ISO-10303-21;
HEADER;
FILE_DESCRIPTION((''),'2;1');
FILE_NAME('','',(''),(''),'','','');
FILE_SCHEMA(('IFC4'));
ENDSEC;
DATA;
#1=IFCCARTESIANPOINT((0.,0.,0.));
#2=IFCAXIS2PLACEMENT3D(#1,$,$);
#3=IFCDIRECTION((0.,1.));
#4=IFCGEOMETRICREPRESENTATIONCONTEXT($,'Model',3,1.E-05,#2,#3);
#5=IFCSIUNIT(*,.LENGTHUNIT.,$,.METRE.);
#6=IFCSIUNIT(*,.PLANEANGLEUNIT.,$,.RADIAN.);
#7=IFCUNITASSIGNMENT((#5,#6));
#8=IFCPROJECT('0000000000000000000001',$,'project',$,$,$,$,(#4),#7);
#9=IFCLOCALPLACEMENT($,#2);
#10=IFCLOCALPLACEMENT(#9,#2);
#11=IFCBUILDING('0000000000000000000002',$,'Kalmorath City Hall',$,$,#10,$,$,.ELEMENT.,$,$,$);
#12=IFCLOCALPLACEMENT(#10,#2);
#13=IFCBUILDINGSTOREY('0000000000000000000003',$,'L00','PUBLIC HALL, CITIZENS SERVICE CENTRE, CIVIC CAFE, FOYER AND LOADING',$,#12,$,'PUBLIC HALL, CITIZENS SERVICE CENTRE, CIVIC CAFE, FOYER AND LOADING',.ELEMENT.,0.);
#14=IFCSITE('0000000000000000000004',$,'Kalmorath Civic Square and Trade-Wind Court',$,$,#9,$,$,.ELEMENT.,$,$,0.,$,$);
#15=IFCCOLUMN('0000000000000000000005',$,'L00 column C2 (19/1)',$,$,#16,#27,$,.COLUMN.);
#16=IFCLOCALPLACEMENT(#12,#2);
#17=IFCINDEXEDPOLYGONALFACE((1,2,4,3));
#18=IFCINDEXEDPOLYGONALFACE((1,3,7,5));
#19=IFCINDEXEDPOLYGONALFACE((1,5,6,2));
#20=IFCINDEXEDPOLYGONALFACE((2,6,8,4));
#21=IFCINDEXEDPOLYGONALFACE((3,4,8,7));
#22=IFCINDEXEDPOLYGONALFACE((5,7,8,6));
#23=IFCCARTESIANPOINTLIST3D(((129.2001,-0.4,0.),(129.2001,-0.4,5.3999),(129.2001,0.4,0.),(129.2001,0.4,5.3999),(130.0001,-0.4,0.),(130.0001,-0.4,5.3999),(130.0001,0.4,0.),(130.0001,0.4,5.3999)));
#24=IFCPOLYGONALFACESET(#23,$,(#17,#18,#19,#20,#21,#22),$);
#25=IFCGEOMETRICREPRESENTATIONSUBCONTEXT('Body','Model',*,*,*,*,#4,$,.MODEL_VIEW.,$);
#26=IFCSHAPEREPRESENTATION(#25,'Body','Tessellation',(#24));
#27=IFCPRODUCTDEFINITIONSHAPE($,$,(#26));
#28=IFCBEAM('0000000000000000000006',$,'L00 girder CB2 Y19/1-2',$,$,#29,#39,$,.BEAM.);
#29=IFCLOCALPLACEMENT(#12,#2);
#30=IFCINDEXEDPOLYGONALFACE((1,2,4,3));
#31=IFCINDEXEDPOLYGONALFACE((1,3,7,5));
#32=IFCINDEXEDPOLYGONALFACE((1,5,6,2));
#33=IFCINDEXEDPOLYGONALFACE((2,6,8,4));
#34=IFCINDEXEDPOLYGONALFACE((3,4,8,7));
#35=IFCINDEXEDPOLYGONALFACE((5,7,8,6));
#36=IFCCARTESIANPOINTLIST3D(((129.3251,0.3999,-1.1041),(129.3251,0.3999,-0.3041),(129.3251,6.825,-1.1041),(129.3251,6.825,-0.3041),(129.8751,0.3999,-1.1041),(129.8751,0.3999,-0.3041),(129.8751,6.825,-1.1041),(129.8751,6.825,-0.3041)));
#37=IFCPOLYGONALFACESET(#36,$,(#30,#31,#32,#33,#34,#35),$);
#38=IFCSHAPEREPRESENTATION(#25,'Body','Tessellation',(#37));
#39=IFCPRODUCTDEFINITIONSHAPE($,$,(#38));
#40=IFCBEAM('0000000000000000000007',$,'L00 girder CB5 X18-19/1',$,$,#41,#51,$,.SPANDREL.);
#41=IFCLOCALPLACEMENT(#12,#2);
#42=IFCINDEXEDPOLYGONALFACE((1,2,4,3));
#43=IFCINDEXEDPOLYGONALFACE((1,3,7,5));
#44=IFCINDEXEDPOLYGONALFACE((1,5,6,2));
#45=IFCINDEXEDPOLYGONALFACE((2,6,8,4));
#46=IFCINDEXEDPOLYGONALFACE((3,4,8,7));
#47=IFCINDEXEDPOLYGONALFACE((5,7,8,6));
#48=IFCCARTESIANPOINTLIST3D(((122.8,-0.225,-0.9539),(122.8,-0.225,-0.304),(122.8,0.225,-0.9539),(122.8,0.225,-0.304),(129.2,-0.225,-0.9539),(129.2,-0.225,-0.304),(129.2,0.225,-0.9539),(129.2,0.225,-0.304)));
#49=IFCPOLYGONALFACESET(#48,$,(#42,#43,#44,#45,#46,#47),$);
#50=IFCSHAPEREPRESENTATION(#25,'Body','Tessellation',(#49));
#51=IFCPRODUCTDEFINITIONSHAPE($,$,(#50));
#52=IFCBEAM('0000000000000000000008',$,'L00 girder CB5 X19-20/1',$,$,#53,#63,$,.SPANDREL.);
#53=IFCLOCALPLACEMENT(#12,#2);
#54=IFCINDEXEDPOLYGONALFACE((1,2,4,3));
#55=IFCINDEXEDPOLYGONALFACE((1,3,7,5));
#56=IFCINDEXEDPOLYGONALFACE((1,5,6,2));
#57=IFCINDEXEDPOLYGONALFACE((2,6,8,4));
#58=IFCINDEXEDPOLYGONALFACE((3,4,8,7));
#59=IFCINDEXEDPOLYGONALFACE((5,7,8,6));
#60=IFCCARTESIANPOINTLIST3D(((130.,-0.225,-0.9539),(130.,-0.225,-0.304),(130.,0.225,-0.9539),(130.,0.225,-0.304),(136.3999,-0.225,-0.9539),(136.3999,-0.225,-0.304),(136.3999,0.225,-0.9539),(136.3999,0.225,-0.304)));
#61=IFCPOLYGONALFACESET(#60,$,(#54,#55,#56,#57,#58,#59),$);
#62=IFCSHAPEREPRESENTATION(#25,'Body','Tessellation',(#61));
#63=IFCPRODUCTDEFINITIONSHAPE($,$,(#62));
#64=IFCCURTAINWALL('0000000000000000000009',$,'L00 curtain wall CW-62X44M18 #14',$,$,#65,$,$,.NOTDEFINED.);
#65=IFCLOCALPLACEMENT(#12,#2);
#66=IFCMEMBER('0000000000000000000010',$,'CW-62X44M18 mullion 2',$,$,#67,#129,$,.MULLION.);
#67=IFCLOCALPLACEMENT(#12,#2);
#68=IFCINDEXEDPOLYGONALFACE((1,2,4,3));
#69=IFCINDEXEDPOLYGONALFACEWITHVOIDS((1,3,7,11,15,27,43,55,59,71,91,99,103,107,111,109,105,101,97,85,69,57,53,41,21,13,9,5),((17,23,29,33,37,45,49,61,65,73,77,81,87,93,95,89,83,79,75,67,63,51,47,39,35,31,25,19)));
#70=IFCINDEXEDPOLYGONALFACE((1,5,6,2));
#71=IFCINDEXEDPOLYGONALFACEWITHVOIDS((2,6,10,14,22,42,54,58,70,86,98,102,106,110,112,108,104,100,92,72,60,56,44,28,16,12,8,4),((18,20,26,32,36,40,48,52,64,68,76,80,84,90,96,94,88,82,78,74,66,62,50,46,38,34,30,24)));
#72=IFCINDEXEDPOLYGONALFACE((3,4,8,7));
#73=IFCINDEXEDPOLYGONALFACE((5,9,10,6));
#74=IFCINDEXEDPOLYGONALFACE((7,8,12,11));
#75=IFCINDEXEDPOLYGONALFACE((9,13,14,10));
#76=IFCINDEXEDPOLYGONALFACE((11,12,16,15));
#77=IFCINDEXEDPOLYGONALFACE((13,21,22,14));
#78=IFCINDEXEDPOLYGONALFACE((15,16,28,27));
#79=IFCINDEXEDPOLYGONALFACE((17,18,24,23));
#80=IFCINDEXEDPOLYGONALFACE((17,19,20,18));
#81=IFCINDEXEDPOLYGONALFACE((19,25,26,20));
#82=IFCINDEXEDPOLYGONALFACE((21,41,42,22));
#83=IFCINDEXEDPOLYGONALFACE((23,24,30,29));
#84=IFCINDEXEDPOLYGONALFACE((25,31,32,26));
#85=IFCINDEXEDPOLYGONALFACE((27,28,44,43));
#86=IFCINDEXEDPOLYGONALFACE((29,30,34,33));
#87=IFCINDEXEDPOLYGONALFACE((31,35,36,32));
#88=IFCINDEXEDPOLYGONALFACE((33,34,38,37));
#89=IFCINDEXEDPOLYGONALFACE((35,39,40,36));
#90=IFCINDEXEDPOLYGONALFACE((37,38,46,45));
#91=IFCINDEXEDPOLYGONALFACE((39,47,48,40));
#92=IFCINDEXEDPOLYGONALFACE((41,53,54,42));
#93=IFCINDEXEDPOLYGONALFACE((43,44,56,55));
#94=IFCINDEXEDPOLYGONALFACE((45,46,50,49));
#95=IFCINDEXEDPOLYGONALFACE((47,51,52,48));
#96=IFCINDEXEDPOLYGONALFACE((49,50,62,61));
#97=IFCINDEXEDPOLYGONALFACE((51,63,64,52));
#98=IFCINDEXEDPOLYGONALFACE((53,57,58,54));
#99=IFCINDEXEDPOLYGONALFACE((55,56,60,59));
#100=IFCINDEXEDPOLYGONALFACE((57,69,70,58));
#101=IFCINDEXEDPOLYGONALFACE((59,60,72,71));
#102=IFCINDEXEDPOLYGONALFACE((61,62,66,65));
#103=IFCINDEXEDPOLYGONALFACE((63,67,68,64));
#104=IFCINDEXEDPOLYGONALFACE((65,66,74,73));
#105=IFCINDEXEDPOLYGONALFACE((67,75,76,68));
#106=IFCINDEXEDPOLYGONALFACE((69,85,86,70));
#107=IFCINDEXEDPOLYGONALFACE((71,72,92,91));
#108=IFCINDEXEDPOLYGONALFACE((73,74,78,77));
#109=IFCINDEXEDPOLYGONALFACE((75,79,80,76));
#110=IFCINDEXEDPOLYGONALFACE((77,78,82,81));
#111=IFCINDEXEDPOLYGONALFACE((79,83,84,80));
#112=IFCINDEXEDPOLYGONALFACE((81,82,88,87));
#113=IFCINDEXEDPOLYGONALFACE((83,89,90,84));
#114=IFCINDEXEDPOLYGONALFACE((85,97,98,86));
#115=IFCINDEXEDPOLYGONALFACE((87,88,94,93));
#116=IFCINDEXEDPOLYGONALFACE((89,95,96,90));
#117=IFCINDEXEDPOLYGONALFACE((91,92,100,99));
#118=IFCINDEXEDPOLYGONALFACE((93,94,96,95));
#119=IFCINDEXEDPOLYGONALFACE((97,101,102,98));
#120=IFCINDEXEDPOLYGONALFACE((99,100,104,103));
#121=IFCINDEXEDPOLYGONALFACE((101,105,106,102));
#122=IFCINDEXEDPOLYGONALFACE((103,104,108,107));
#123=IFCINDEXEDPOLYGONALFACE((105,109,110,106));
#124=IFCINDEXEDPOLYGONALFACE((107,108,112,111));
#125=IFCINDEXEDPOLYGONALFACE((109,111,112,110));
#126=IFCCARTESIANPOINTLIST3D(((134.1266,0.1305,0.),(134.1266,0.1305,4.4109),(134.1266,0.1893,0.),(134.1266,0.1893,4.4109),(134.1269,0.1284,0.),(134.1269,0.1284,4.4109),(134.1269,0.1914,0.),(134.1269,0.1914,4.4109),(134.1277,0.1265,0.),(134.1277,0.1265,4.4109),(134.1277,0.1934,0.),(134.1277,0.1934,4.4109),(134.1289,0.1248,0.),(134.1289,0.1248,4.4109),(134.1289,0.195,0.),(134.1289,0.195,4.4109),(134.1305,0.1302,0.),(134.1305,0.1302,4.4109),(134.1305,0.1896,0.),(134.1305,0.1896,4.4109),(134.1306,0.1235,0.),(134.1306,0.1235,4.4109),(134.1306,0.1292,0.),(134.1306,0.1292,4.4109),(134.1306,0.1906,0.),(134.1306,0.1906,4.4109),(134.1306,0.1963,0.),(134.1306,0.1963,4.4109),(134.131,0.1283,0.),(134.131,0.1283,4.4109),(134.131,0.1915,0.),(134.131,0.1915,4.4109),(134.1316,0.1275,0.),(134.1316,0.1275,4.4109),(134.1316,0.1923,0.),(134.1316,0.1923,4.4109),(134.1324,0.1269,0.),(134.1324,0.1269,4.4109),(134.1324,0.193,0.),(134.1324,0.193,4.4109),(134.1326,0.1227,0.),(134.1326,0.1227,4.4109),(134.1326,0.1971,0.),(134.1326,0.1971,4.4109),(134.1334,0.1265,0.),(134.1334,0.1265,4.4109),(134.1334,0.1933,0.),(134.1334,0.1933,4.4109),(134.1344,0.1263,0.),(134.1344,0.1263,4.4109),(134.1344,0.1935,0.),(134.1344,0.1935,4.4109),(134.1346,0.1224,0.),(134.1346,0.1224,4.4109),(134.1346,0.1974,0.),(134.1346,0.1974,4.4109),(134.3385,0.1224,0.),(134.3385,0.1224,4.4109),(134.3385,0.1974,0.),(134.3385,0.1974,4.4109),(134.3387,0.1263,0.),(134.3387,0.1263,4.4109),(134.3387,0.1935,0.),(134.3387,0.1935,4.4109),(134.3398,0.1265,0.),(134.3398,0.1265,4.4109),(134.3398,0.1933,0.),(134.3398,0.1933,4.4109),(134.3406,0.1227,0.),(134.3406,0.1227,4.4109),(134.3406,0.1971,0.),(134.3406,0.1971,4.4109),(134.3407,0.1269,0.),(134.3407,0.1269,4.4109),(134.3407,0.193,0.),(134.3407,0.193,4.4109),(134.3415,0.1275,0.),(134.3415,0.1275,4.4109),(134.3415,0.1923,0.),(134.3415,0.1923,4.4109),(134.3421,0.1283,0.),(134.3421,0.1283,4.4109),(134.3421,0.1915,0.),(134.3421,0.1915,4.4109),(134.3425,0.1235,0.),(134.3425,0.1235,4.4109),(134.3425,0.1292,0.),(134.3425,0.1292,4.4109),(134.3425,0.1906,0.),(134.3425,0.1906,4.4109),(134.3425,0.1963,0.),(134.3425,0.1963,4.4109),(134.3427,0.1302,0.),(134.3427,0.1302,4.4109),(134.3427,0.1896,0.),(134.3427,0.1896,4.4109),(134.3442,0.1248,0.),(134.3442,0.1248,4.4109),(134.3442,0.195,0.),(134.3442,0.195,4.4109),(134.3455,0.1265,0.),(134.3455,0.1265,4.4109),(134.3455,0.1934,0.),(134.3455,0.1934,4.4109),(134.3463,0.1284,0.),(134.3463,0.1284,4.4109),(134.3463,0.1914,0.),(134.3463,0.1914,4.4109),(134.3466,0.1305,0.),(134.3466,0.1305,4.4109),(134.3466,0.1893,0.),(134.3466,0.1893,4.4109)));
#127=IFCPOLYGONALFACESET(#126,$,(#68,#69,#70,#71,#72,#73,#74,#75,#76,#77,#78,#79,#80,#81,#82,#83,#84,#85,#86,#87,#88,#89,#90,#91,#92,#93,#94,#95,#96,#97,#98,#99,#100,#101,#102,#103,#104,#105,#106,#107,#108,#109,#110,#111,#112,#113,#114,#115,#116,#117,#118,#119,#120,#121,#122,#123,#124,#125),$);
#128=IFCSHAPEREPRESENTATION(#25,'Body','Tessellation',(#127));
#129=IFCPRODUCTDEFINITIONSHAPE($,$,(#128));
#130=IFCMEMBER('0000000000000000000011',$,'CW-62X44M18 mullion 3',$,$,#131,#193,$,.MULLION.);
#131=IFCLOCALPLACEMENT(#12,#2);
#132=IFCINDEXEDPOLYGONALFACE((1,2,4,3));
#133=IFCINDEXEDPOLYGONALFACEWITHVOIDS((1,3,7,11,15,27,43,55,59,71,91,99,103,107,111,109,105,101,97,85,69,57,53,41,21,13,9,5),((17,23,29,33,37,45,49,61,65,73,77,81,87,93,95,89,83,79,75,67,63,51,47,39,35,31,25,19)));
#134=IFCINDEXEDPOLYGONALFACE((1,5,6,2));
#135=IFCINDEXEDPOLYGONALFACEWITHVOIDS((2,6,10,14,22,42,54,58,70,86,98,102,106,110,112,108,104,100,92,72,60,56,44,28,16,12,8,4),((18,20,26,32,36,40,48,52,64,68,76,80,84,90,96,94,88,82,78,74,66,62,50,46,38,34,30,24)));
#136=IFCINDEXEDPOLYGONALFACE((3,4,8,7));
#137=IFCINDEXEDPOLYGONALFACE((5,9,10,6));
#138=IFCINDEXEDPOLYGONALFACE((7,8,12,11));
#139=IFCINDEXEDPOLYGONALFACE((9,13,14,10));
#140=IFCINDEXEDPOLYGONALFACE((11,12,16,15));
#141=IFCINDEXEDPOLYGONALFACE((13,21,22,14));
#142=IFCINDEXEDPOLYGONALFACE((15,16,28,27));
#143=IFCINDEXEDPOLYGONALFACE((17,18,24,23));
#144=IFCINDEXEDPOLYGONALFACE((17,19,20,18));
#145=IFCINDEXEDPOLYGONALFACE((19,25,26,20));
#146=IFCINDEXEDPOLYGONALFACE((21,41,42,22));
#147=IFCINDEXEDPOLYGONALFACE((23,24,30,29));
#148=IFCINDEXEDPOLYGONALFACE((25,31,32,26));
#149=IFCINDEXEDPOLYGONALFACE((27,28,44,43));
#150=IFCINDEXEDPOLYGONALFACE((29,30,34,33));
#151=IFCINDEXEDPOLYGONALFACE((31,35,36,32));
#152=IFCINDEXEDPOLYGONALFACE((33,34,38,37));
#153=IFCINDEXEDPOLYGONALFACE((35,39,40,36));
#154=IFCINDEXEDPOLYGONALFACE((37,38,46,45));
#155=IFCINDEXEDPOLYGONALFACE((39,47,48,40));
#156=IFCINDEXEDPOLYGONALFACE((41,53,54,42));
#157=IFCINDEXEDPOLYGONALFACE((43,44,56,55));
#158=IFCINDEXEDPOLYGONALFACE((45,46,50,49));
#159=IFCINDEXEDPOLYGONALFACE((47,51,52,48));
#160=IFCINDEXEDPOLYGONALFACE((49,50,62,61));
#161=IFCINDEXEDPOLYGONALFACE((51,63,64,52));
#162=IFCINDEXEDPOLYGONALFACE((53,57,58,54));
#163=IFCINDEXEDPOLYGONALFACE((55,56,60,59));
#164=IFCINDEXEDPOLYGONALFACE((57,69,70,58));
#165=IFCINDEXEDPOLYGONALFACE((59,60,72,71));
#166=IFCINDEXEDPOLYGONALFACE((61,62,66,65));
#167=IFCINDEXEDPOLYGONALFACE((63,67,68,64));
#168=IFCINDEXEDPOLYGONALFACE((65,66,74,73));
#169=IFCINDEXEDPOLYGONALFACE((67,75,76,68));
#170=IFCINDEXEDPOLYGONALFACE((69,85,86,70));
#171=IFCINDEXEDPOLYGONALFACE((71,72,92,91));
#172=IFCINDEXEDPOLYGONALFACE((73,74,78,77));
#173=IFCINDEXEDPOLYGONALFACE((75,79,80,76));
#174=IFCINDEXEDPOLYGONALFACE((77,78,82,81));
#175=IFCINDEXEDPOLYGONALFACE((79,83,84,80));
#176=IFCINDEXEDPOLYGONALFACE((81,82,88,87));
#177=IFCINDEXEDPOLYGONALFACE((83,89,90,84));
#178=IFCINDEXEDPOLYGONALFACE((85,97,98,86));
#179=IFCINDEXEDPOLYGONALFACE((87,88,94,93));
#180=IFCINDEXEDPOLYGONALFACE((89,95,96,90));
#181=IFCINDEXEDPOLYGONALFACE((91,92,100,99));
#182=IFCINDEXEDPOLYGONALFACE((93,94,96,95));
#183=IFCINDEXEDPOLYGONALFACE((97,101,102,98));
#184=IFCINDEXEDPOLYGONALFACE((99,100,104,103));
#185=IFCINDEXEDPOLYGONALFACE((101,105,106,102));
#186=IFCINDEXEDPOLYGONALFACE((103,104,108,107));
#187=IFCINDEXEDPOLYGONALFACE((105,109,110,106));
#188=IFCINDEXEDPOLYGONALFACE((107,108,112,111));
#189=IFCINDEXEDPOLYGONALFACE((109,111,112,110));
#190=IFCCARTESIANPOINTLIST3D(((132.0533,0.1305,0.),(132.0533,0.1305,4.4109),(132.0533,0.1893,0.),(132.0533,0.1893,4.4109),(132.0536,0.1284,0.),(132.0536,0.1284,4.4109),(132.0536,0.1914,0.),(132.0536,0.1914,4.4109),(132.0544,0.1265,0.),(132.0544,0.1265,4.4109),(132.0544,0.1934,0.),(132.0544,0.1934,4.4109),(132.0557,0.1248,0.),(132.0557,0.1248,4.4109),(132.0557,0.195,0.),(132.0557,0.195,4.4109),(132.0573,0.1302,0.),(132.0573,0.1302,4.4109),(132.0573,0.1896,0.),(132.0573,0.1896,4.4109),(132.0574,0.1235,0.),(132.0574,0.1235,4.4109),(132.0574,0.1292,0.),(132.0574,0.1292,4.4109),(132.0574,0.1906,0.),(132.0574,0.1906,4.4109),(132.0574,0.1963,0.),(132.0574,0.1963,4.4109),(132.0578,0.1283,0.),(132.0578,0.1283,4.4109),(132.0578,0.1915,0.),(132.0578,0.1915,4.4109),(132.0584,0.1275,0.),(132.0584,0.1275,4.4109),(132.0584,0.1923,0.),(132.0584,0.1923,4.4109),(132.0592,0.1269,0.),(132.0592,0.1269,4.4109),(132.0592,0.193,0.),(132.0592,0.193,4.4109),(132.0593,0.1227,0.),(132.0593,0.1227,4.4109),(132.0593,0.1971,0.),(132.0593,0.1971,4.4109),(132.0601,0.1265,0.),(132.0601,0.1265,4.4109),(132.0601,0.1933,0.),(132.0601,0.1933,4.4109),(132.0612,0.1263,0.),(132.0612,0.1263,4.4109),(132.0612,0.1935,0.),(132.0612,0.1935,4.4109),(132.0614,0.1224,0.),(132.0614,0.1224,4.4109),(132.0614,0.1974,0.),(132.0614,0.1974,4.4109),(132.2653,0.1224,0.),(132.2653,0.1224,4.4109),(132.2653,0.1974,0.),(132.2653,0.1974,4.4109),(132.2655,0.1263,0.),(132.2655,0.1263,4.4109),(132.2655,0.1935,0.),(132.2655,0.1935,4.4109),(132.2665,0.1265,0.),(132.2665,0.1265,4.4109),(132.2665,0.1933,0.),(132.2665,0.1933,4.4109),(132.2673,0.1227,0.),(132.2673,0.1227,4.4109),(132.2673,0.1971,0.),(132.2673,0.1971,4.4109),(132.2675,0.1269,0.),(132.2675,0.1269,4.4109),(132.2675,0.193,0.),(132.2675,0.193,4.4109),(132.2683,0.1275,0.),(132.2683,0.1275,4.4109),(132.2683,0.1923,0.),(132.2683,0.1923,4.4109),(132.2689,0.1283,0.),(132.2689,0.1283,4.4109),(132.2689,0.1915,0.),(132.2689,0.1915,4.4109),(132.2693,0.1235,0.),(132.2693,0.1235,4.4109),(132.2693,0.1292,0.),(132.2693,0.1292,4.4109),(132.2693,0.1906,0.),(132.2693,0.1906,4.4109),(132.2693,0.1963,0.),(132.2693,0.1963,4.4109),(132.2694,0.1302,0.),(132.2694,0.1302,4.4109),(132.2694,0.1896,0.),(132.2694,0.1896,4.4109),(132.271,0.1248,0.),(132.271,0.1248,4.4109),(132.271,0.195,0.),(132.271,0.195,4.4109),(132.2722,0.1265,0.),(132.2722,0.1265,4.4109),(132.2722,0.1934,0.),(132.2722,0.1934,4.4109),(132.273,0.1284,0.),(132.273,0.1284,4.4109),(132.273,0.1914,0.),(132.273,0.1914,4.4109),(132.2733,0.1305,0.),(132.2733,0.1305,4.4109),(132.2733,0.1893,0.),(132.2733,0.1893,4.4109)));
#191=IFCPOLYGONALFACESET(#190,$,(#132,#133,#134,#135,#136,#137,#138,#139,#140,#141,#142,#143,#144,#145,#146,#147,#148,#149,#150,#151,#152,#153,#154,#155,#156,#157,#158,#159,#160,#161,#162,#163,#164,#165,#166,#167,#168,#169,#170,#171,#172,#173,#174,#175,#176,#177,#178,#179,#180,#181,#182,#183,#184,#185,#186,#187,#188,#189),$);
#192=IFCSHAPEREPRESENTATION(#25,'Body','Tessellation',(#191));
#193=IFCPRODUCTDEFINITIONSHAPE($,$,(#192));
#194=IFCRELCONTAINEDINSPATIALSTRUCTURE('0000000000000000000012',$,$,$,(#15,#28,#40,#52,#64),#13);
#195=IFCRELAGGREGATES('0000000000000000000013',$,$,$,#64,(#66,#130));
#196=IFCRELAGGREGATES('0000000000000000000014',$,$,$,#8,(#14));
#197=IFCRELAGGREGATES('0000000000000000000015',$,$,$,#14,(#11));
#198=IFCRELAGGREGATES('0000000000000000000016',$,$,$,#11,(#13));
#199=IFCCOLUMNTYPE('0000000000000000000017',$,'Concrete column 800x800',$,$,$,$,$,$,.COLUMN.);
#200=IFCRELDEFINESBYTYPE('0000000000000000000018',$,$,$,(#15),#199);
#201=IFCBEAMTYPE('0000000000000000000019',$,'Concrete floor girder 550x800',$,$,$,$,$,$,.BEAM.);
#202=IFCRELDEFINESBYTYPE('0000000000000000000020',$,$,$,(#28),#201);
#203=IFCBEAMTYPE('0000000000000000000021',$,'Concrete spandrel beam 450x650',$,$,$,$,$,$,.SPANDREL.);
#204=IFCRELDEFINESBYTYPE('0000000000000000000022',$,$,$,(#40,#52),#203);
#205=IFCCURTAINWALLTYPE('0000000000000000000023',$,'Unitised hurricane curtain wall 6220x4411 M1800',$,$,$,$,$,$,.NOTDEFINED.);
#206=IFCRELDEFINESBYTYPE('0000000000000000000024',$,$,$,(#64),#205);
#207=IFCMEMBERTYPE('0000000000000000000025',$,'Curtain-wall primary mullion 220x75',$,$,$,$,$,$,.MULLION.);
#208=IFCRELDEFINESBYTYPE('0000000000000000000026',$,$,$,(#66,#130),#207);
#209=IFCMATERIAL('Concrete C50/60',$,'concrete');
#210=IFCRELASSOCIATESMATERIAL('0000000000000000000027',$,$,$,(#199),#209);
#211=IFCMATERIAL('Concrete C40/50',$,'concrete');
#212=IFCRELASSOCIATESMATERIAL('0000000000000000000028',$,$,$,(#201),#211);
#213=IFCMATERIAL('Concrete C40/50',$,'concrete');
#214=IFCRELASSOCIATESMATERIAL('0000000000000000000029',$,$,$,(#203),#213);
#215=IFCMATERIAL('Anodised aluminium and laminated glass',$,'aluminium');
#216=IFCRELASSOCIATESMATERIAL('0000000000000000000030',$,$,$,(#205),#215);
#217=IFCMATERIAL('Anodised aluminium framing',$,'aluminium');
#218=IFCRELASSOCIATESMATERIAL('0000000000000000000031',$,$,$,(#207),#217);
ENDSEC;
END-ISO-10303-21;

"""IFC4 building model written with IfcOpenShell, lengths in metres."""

from ifc_helpers import new_model, si_unit, direction, frame, origin, origin_2d, place, context, subcontext, project, spatial, rectangle, hollow_rectangle, extrude, material, material_profile, profile_set, type_object, element, aggregate, save


model = new_model("IFC4")

# Units and contexts
model_context = context("Model", 3, precision=1e-05, world=origin(), true_north=direction((0.0, 1.0)))
body_context = subcontext(model_context, "Body", "Model", "MODEL_VIEW")
ifc_project = project(units=[si_unit("LENGTHUNIT", "METRE"), si_unit("PLANEANGLEUNIT", "RADIAN")], contexts=[model_context])

# Site, building, storey
site_placement = place(None, origin())
site = spatial("IfcSite", under=ifc_project, at=site_placement, Name="Kalmorath Civic Square and Trade-Wind Court", CompositionType="ELEMENT", RefElevation=0.0)
building_placement = place(site_placement, origin())
building = spatial("IfcBuilding", under=site, at=building_placement, Name="Kalmorath City Hall", CompositionType="ELEMENT")
storey_placement = place(building_placement, origin())
storey = spatial("IfcBuildingStorey", under=building, at=storey_placement, Name="L00", Description="PUBLIC HALL, CITIZENS SERVICE CENTRE, CIVIC CAFE, FOYER AND LOADING", LongName="PUBLIC HALL, CITIZENS SERVICE CENTRE, CIVIC CAFE, FOYER AND LOADING", CompositionType="ELEMENT", Elevation=0.0)

# Column
ifc_material_1 = material(Name="Concrete C50/60", Category="concrete")
ifc_material_profile_1 = material_profile(ifc_material_1, rectangle(XDim=0.8, YDim=0.8, at=origin_2d()), Name="RC-COL-800X800")
ifc_profile_set_1 = profile_set([ifc_material_profile_1], Name="Concrete C50/60")
column_type = type_object("IfcColumnType", Name="Concrete column 800x800", PredefinedType="COLUMN", material=ifc_profile_set_1)
column_placement = place(storey_placement, frame((129.6001, 0.0, 0.0), z_axis=(0.0, 0.0, 1.0), x_axis=(1.0, 0.0, 0.0)))
element("IfcColumn", 1, at=column_placement, inside=storey, type_object=column_type, Name="L00 column C2 (19/1)", PredefinedType="COLUMN", context=body_context, shape_type="SweptSolid", body=[
    extrude(rectangle(XDim=0.8, YDim=0.8, at=origin_2d()), origin(), (0.0, 0.0, 1.0), 5.3999),
])

# Beams
ifc_material_2 = material(Name="Concrete C40/50", Category="concrete")
ifc_material_profile_2 = material_profile(ifc_material_2, rectangle(XDim=0.55, YDim=0.8, at=origin_2d()), Name="RC-BM-550X800")
ifc_profile_set_2 = profile_set([ifc_material_profile_2], Name="Concrete C40/50")
beam_type_1 = type_object("IfcBeamType", Name="Concrete floor girder 550x800", PredefinedType="BEAM", material=ifc_profile_set_2)
beam_placement = place(storey_placement, frame((129.6001, 0.3999, -0.7041), z_axis=(0.0, 1.0, 0.0), x_axis=(-1.0, 0.0, 0.0)))
element("IfcBeam", 2, at=beam_placement, inside=storey, type_object=beam_type_1, Name="L00 girder CB2 Y19/1-2", PredefinedType="BEAM", context=body_context, shape_type="SweptSolid", body=[
    extrude(rectangle(XDim=0.55, YDim=0.8, at=origin_2d()), origin(), (0.0, 0.0, 1.0), 6.425),
])
ifc_material_3 = material(Name="Concrete C40/50", Category="concrete")
ifc_material_profile_3 = material_profile(ifc_material_3, rectangle(XDim=0.45, YDim=0.6499, at=origin_2d()), Name="RC-BM-450X650")
ifc_profile_set_3 = profile_set([ifc_material_profile_3], Name="Concrete C40/50")
beam_type_2 = type_object("IfcBeamType", Name="Concrete spandrel beam 450x650", PredefinedType="SPANDREL", material=ifc_profile_set_3)
for number, where, z_axis, x_axis, name in (
    (3, (122.8, 0.0, -0.6289), (1.0, 0.0, 0.0), (0.0, 1.0, 0.0), "L00 girder CB5 X18-19/1"),
    (4, (130.0, 0.0, -0.6289), (1.0, 0.0, 0.0), (0.0, 1.0, 0.0), "L00 girder CB5 X19-20/1"),
):
    element("IfcBeam", number, at=place(storey_placement, frame(where, z_axis=z_axis, x_axis=x_axis)), inside=storey, type_object=beam_type_2, Name=name, PredefinedType="SPANDREL", context=body_context, shape_type="SweptSolid", body=[
        extrude(rectangle(XDim=0.45, YDim=0.6499, at=origin_2d()), origin(), (0.0, 0.0, 1.0), 6.3999),
    ])

# Curtain wall, members
ifc_material_4 = material(Name="Anodised aluminium and laminated glass", Category="aluminium")
curtain_wall_type = type_object("IfcCurtainWallType", Name="Unitised hurricane curtain wall 6220x4411 M1800", PredefinedType="NOTDEFINED", material=ifc_material_4)
curtain_wall_placement = place(storey_placement, origin())
curtain_wall = element("IfcCurtainWall", 5, at=curtain_wall_placement, inside=storey, type_object=curtain_wall_type, Name="L00 curtain wall CW-62X44M18 #14", PredefinedType="NOTDEFINED")
ifc_material_5 = material(Name="Anodised aluminium framing", Category="aluminium")
ifc_material_profile_4 = material_profile(ifc_material_5, hollow_rectangle(XDim=0.075, YDim=0.22, WallThickness=0.0039, InnerFilletRadius=0.0039, OuterFilletRadius=0.0081, at=origin_2d()), Name="ALU-MUL-220X75X4")
ifc_profile_set_4 = profile_set([ifc_material_profile_4], Name="Anodised aluminium framing")
member_type_1 = type_object("IfcMemberType", Name="Curtain-wall primary mullion 220x75", PredefinedType="MULLION", material=ifc_profile_set_4)
member_1_placement = place(storey_placement, frame((134.2366, 0.1599, 0.0), z_axis=(0.0, 0.0, 1.0), x_axis=(0.0, -1.0, 0.0)))
member_1 = element("IfcMember", 6, at=member_1_placement, type_object=member_type_1, Name="CW-62X44M18 mullion 2", PredefinedType="MULLION", context=body_context, shape_type="SweptSolid", body=[
    extrude(hollow_rectangle(XDim=0.075, YDim=0.22, WallThickness=0.0039, InnerFilletRadius=0.0039, OuterFilletRadius=0.0081, at=origin_2d()), origin(), (0.0, 0.0, 1.0), 4.4109),
])
member_2_placement = place(storey_placement, frame((132.1633, 0.1599, 0.0), z_axis=(0.0, 0.0, 1.0), x_axis=(0.0, -1.0, 0.0)))
member_2 = element("IfcMember", 7, at=member_2_placement, type_object=member_type_1, Name="CW-62X44M18 mullion 3", PredefinedType="MULLION", context=body_context, shape_type="SweptSolid", body=[
    extrude(hollow_rectangle(XDim=0.075, YDim=0.22, WallThickness=0.0039, InnerFilletRadius=0.0039, OuterFilletRadius=0.0081, at=origin_2d()), origin(), (0.0, 0.0, 1.0), 4.4109),
])
aggregate(curtain_wall, [member_1, member_2])

save(model, "model.ifc")
